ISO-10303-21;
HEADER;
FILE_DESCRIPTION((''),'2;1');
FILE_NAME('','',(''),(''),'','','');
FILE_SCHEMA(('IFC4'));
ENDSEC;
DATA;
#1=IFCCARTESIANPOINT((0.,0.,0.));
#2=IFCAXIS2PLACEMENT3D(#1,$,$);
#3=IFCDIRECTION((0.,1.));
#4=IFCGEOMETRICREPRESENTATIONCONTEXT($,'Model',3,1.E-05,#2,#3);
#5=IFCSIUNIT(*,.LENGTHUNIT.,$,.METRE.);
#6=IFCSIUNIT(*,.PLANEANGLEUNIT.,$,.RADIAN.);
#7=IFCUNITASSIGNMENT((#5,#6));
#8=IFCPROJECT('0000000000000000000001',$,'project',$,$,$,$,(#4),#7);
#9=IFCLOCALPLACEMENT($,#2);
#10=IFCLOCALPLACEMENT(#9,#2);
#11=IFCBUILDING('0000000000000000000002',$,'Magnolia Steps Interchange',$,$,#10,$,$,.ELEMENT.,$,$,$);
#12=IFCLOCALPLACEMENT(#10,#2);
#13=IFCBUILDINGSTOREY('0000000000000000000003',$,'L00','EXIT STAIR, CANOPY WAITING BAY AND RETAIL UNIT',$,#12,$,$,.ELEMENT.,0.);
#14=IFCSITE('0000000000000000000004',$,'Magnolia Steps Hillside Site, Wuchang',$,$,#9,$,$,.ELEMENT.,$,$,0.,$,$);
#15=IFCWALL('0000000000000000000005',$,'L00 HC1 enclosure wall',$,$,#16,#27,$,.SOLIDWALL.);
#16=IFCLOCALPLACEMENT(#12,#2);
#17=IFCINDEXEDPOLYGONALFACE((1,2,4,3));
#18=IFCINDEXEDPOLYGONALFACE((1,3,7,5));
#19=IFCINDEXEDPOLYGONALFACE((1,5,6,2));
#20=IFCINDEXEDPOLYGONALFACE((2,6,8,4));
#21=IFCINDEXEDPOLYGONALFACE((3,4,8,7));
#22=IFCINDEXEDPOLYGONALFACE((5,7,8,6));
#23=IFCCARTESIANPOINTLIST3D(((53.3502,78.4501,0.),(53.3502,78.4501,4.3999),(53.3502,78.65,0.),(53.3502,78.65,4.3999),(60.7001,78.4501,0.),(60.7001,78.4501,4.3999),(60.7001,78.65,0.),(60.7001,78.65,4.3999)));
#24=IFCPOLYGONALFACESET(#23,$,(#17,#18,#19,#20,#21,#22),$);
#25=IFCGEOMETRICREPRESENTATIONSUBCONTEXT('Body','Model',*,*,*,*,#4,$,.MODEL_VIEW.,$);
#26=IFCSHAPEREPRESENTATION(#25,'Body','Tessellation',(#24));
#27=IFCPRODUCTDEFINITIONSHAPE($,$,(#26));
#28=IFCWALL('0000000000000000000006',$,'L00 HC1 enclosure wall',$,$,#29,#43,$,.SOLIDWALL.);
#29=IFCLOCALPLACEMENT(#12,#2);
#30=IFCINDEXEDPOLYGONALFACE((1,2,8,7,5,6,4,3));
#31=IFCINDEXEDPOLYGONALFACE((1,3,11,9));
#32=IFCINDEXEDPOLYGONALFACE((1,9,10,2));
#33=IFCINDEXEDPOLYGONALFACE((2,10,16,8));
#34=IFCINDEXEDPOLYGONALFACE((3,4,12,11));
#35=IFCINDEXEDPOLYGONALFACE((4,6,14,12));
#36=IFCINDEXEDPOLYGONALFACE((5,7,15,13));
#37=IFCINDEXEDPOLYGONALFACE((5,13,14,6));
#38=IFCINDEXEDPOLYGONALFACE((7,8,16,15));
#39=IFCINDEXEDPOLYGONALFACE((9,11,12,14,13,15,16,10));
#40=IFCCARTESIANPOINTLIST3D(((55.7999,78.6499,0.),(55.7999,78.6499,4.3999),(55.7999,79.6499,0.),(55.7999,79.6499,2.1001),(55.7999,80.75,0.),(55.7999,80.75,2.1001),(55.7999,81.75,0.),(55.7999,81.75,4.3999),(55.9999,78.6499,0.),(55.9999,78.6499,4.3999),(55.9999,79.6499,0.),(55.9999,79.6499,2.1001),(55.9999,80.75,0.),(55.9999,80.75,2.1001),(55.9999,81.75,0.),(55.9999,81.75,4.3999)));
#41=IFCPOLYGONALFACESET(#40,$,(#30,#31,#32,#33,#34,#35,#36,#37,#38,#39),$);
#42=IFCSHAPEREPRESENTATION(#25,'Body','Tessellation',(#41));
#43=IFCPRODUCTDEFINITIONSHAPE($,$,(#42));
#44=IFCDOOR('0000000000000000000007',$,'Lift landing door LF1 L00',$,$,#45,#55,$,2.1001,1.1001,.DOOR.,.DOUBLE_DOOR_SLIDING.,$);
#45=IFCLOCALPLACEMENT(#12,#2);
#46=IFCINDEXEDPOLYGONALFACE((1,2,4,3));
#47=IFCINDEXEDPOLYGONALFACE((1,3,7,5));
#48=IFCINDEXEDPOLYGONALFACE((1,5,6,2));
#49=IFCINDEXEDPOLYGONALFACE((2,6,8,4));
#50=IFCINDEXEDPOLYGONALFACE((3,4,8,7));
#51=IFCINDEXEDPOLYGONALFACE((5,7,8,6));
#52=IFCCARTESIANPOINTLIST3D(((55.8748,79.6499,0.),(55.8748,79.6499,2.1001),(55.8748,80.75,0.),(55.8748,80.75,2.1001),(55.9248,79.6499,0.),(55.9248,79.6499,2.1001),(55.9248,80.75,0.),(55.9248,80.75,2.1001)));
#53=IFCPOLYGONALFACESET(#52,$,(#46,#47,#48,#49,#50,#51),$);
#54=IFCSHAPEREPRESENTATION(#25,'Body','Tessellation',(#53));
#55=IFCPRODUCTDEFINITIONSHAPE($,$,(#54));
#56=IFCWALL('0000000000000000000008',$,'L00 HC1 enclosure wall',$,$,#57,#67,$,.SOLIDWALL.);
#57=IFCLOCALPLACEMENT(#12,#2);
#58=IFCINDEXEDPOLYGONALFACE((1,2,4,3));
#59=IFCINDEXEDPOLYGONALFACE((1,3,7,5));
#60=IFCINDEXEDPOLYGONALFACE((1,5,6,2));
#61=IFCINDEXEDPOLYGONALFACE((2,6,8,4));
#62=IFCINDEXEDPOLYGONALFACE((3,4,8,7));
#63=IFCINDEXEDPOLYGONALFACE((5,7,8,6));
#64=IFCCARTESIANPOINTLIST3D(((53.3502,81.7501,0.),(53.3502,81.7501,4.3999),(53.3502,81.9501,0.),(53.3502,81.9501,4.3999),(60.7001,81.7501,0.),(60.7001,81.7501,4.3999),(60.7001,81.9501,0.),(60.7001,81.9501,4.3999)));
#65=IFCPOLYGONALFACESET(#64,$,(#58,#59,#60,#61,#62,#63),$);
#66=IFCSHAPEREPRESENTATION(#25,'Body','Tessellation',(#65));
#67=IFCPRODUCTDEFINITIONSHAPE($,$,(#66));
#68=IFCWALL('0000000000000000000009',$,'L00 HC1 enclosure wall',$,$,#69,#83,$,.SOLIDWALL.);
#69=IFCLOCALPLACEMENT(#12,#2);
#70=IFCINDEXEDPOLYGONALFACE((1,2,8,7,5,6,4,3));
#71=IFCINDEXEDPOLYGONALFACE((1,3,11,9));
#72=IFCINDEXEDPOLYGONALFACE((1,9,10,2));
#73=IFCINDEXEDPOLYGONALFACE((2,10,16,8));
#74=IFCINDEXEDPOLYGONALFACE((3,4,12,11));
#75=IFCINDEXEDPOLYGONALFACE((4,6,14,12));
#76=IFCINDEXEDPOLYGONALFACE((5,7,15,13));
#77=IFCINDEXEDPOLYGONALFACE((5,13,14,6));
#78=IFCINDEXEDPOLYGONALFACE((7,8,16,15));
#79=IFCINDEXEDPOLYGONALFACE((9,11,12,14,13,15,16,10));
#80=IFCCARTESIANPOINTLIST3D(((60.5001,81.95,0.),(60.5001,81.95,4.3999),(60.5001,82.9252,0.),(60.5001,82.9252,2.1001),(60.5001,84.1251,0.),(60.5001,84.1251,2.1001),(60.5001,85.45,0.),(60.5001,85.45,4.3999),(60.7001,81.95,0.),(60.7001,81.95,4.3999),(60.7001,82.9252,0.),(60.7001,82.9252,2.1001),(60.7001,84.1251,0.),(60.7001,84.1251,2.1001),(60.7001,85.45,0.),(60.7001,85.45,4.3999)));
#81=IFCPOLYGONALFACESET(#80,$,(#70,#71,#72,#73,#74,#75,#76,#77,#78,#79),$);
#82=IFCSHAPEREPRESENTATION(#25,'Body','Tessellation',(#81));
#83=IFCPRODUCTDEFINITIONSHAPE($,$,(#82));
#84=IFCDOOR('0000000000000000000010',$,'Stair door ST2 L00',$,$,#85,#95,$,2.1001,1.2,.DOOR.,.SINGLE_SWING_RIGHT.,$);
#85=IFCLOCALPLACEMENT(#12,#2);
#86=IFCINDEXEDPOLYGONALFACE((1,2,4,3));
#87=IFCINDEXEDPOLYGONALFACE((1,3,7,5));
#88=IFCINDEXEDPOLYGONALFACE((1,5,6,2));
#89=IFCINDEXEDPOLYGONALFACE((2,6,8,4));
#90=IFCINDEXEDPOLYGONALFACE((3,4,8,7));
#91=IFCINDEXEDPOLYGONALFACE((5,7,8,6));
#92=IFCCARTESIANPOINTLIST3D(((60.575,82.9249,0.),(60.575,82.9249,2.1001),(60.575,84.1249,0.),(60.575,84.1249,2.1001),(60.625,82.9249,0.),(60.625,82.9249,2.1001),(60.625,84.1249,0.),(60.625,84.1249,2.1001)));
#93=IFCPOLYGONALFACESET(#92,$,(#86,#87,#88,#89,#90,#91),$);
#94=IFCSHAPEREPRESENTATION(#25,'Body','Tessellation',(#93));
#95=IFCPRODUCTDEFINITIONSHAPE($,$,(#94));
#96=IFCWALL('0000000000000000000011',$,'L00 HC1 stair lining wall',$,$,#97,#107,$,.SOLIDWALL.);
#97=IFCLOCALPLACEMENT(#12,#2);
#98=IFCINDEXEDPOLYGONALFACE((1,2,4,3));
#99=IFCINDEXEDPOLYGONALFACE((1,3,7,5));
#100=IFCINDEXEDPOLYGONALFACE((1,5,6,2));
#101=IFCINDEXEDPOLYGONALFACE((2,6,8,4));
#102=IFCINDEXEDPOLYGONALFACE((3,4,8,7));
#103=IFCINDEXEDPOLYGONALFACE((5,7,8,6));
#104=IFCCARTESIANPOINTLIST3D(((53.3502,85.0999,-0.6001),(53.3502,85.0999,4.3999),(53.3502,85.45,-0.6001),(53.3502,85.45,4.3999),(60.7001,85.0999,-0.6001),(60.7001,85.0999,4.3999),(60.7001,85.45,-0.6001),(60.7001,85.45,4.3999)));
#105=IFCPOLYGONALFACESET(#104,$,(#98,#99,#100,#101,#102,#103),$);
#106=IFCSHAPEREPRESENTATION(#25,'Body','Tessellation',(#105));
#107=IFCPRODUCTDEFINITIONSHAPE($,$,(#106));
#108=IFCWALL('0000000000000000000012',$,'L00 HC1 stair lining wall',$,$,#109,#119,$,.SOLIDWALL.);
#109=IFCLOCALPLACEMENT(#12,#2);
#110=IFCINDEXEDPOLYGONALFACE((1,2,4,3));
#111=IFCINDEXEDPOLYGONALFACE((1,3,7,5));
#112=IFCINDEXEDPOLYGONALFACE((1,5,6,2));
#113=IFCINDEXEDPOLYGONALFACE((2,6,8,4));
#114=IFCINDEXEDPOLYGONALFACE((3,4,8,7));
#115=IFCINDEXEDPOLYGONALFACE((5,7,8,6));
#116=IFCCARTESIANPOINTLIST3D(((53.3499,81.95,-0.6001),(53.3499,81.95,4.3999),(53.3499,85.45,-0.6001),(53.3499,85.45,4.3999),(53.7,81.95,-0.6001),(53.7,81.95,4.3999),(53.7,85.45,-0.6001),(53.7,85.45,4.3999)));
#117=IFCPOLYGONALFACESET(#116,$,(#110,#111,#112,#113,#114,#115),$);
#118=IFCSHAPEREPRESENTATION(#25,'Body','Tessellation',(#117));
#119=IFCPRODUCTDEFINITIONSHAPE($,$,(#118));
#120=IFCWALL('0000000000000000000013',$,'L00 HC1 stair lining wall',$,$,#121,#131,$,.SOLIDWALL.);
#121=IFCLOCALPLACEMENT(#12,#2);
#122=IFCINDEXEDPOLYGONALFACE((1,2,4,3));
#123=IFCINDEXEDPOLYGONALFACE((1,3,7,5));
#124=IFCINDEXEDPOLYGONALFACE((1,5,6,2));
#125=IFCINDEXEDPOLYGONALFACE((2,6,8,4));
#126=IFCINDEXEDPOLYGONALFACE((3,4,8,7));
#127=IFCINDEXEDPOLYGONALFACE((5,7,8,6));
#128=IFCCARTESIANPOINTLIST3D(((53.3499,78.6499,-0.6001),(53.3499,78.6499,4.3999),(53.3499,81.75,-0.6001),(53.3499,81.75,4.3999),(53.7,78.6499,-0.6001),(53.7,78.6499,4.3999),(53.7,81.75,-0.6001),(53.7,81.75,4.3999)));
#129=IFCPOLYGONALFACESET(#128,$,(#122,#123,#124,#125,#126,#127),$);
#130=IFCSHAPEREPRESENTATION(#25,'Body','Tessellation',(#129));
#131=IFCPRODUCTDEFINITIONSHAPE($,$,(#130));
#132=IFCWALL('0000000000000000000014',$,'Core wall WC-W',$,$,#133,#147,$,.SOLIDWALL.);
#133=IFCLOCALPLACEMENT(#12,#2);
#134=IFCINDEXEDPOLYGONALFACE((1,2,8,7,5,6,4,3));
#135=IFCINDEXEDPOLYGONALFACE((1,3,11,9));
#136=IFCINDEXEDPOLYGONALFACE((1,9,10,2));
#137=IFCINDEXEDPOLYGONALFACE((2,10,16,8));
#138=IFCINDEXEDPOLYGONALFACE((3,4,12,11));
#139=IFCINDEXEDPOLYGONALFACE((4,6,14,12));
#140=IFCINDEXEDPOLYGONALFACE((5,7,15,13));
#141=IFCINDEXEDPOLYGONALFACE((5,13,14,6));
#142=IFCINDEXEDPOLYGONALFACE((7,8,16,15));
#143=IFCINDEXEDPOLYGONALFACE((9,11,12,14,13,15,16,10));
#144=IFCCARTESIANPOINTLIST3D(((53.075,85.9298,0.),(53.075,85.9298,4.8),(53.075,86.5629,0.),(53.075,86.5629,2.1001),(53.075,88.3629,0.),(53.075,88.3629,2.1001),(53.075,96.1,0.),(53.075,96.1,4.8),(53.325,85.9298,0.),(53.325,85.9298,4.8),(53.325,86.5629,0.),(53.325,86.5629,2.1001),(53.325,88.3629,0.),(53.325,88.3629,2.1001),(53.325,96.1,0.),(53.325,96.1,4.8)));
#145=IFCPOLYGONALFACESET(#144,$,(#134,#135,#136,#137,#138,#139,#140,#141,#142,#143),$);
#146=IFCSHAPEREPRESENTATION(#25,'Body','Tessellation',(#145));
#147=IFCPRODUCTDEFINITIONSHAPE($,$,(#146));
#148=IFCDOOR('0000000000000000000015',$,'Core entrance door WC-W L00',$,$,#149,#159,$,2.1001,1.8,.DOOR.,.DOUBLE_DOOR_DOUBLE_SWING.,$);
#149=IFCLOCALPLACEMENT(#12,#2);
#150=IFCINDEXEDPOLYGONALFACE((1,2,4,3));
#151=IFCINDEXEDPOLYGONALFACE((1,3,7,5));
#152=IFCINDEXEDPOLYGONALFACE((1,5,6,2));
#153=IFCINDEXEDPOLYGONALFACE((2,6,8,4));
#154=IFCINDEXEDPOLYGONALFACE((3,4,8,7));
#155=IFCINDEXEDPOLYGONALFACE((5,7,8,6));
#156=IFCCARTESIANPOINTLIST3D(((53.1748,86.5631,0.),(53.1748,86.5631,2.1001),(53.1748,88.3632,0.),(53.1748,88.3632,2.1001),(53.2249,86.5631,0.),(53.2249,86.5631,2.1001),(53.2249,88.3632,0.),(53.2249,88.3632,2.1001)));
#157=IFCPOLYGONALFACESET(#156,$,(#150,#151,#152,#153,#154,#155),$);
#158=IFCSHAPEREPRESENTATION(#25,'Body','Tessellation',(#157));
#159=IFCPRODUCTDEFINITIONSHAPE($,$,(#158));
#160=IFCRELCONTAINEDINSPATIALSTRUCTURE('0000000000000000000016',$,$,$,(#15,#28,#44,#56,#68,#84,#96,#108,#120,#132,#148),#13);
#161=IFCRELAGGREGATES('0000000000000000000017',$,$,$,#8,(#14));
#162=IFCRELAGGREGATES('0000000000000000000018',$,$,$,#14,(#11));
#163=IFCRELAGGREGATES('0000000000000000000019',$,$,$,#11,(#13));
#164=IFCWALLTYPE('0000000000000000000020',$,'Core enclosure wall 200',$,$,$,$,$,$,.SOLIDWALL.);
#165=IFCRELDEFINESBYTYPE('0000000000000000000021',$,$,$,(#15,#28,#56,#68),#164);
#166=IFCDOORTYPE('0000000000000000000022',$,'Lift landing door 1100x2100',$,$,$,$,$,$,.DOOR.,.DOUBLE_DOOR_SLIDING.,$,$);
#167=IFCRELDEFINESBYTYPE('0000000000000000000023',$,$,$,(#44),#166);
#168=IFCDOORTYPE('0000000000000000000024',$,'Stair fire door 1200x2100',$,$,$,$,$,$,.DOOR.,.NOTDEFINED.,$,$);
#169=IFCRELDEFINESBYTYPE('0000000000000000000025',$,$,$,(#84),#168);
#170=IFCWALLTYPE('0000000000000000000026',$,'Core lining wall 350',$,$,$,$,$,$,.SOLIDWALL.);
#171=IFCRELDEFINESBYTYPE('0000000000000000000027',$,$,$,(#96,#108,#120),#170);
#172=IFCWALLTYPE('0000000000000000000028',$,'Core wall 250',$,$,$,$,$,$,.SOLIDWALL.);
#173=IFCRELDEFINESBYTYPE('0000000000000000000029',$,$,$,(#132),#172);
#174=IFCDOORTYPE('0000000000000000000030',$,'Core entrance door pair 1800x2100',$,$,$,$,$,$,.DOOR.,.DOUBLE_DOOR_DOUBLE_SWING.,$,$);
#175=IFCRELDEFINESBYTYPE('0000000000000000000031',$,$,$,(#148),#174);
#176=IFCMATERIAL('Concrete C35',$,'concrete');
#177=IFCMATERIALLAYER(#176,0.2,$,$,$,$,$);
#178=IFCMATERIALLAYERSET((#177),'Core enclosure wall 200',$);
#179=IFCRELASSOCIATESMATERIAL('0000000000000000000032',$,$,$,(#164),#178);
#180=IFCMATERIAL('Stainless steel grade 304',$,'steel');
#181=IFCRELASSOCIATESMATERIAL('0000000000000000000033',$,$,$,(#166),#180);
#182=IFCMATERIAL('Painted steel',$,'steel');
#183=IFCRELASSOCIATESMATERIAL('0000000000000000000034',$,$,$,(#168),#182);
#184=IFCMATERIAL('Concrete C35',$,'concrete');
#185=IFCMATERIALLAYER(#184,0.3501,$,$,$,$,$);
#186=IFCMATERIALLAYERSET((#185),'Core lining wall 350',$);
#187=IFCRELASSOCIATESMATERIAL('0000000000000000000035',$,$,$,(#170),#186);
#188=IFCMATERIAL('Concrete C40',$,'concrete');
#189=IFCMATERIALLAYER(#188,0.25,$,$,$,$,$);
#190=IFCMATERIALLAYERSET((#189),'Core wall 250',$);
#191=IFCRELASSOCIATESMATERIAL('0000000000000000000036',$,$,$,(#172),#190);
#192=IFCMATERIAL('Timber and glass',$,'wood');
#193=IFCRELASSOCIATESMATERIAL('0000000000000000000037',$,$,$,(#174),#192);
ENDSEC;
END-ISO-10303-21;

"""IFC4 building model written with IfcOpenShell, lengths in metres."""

from ifc_helpers import new_model, si_unit, direction, frame, frame_2d, origin, place, context, subcontext, project, spatial, rectangle, extrude, material, layer, layer_set, type_object, element, fill, save


model = new_model("IFC4")

# Units and contexts
model_context = context("Model", 3, precision=1e-05, world=origin(), true_north=direction((0.0, 1.0)))
body_context = subcontext(model_context, "Body", "Model", "MODEL_VIEW")
ifc_project = project(units=[si_unit("LENGTHUNIT", "METRE"), si_unit("PLANEANGLEUNIT", "RADIAN")], contexts=[model_context])

# Site, building, storey
site_placement = place(None, origin())
site = spatial("IfcSite", under=ifc_project, at=site_placement, Name="Magnolia Steps Hillside Site, Wuchang", CompositionType="ELEMENT", RefElevation=0.0)
building_placement = place(site_placement, origin())
building = spatial("IfcBuilding", under=site, at=building_placement, Name="Magnolia Steps Interchange", CompositionType="ELEMENT")
storey_placement = place(building_placement, origin())
storey = spatial("IfcBuildingStorey", under=building, at=storey_placement, Name="L00", Description="EXIT STAIR, CANOPY WAITING BAY AND RETAIL UNIT", CompositionType="ELEMENT", Elevation=0.0)

# Wall
ifc_material_1 = material(Name="Concrete C35", Category="concrete")
ifc_layer_1 = layer(ifc_material_1, 0.2)
ifc_layer_set_1 = layer_set([ifc_layer_1], Name="Core enclosure wall 200")
wall_type_1 = type_object("IfcWallType", Name="Core enclosure wall 200", PredefinedType="SOLIDWALL", material=ifc_layer_set_1)
wall_1_placement = place(storey_placement, frame((60.7, 78.55, 0.0), z_axis=(0.0, 0.0, 1.0), x_axis=(-1.0, 0.0, 0.0)))
element("IfcWall", 1, at=wall_1_placement, inside=storey, type_object=wall_type_1, Name="L00 HC1 enclosure wall", PredefinedType="SOLIDWALL", context=body_context, shape_type="SweptSolid", body=[
    extrude(rectangle(XDim=7.3499, YDim=0.2, at=frame_2d((3.6748, 0.0))), origin(), (0.0, 0.0, 1.0), 4.3999),
])

# Wall, opening, door
wall_2_placement = place(storey_placement, frame((55.8999, 78.6499, 0.0), z_axis=(0.0, 0.0, 1.0), x_axis=(0.0, 1.0, 0.0)))
wall_2 = element("IfcWall", 2, at=wall_2_placement, inside=storey, type_object=wall_type_1, Name="L00 HC1 enclosure wall", PredefinedType="SOLIDWALL", context=body_context, shape_type="SweptSolid", body=[
    extrude(rectangle(XDim=3.1001, YDim=0.2, at=frame_2d((1.55, 0.0))), origin(), (0.0, 0.0, 1.0), 4.3999),
])
opening_1_placement = place(wall_2_placement, frame((1.0, 0.0, 0.0)))
opening_1 = element("IfcOpeningElement", 3, at=opening_1_placement, cuts=wall_2, PredefinedType="OPENING", context=body_context, shape_type="SweptSolid", body=[
    extrude(rectangle(XDim=1.1001, YDim=2.1001, at=frame_2d((0.55, 1.05))), frame((0.0, 0.1099, 0.0), z_axis=(0.0, -1.0, 0.0), x_axis=(1.0, 0.0, 0.0)), (0.0, 0.0, 1.0), 0.22),
])
ifc_material_2 = material(Name="Stainless steel grade 304", Category="steel")
door_type_1 = type_object("IfcDoorType", Name="Lift landing door 1100x2100", OperationType="DOUBLE_DOOR_SLIDING", PredefinedType="DOOR", material=ifc_material_2)
door_1_placement = place(opening_1_placement, frame((1.1001, 0.0, 0.0), z_axis=(0.0, 0.0, 1.0), x_axis=(-1.0, 0.0, 0.0)))
door_1 = element("IfcDoor", 4, at=door_1_placement, inside=storey, type_object=door_type_1, Name="Lift landing door LF1 L00", OperationType="DOUBLE_DOOR_SLIDING", OverallHeight=2.1001, OverallWidth=1.1001, PredefinedType="DOOR", context=body_context, shape_type="SweptSolid", body=[
    extrude(rectangle(XDim=1.1001, YDim=2.1001, at=frame_2d((0.55, 1.05))), frame((0.0, 0.0249, 0.0), z_axis=(0.0, -1.0, 0.0), x_axis=(1.0, 0.0, 0.0)), (0.0, 0.0, 1.0), 0.05),
])
fill(opening_1, door_1)

# Wall
wall_3_placement = place(storey_placement, frame((60.7, 81.8501, 0.0), z_axis=(0.0, 0.0, 1.0), x_axis=(-1.0, 0.0, 0.0)))
element("IfcWall", 5, at=wall_3_placement, inside=storey, type_object=wall_type_1, Name="L00 HC1 enclosure wall", PredefinedType="SOLIDWALL", context=body_context, shape_type="SweptSolid", body=[
    extrude(rectangle(XDim=7.3499, YDim=0.2, at=frame_2d((3.6748, 0.0))), origin(), (0.0, 0.0, 1.0), 4.3999),
])

# Wall, opening, door
wall_4_placement = place(storey_placement, frame((60.6001, 81.95, 0.0), z_axis=(0.0, 0.0, 1.0), x_axis=(0.0, 1.0, 0.0)))
wall_4 = element("IfcWall", 6, at=wall_4_placement, inside=storey, type_object=wall_type_1, Name="L00 HC1 enclosure wall", PredefinedType="SOLIDWALL", context=body_context, shape_type="SweptSolid", body=[
    extrude(rectangle(XDim=3.5, YDim=0.2, at=frame_2d((1.75, 0.0))), origin(), (0.0, 0.0, 1.0), 4.3999),
])
opening_2_placement = place(wall_4_placement, frame((0.9751, 0.0, 0.0)))
opening_2 = element("IfcOpeningElement", 7, at=opening_2_placement, cuts=wall_4, PredefinedType="OPENING", context=body_context, shape_type="SweptSolid", body=[
    extrude(rectangle(XDim=1.2, YDim=2.1001, at=frame_2d((0.6001, 1.05))), frame((0.0, 0.1099, 0.0), z_axis=(0.0, -1.0, 0.0), x_axis=(1.0, 0.0, 0.0)), (0.0, 0.0, 1.0), 0.22),
])
ifc_material_3 = material(Name="Painted steel", Category="steel")
door_type_2 = type_object("IfcDoorType", Name="Stair fire door 1200x2100", OperationType="NOTDEFINED", PredefinedType="DOOR", material=ifc_material_3)
door_2_placement = place(opening_2_placement, frame((1.2, 0.0, 0.0), z_axis=(0.0, 0.0, 1.0), x_axis=(-1.0, 0.0, 0.0)))
door_2 = element("IfcDoor", 8, at=door_2_placement, inside=storey, type_object=door_type_2, Name="Stair door ST2 L00", OperationType="SINGLE_SWING_RIGHT", OverallHeight=2.1001, OverallWidth=1.2, PredefinedType="DOOR", context=body_context, shape_type="SweptSolid", body=[
    extrude(rectangle(XDim=1.2, YDim=2.1001, at=frame_2d((0.6001, 1.05))), frame((0.0, 0.0249, 0.0), z_axis=(0.0, -1.0, 0.0), x_axis=(1.0, 0.0, 0.0)), (0.0, 0.0, 1.0), 0.05),
])
fill(opening_2, door_2)

# Walls
ifc_material_4 = material(Name="Concrete C35", Category="concrete")
ifc_layer_2 = layer(ifc_material_4, 0.3501)
ifc_layer_set_2 = layer_set([ifc_layer_2], Name="Core lining wall 350")
wall_type_2 = type_object("IfcWallType", Name="Core lining wall 350", PredefinedType="SOLIDWALL", material=ifc_layer_set_2)
wall_5_placement = place(storey_placement, frame((60.7, 85.2749, -0.6001), z_axis=(0.0, 0.0, 1.0), x_axis=(-1.0, 0.0, 0.0)))
element("IfcWall", 9, at=wall_5_placement, inside=storey, type_object=wall_type_2, Name="L00 HC1 stair lining wall", PredefinedType="SOLIDWALL", context=body_context, shape_type="SweptSolid", body=[
    extrude(rectangle(XDim=7.3499, YDim=0.3501, at=frame_2d((3.6748, 0.0))), origin(), (0.0, 0.0, 1.0), 5.0),
])
wall_6_placement = place(storey_placement, frame((53.5249, 81.95, -0.6001), z_axis=(0.0, 0.0, 1.0), x_axis=(0.0, 1.0, 0.0)))
element("IfcWall", 10, at=wall_6_placement, inside=storey, type_object=wall_type_2, Name="L00 HC1 stair lining wall", PredefinedType="SOLIDWALL", context=body_context, shape_type="SweptSolid", body=[
    extrude(rectangle(XDim=3.5, YDim=0.3501, at=frame_2d((1.75, 0.0))), origin(), (0.0, 0.0, 1.0), 5.0),
])
wall_7_placement = place(storey_placement, frame((53.5249, 78.6499, -0.6001), z_axis=(0.0, 0.0, 1.0), x_axis=(0.0, 1.0, 0.0)))
element("IfcWall", 11, at=wall_7_placement, inside=storey, type_object=wall_type_2, Name="L00 HC1 stair lining wall", PredefinedType="SOLIDWALL", context=body_context, shape_type="SweptSolid", body=[
    extrude(rectangle(XDim=3.1001, YDim=0.3501, at=frame_2d((1.55, 0.0))), origin(), (0.0, 0.0, 1.0), 5.0),
])

# Wall, opening, door
ifc_material_5 = material(Name="Concrete C40", Category="concrete")
ifc_layer_3 = layer(ifc_material_5, 0.25)
ifc_layer_set_3 = layer_set([ifc_layer_3], Name="Core wall 250")
wall_type_3 = type_object("IfcWallType", Name="Core wall 250", PredefinedType="SOLIDWALL", material=ifc_layer_set_3)
wall_8_placement = place(storey_placement, frame((53.2, 85.9299, 0.0), z_axis=(0.0, 0.0, 1.0), x_axis=(0.0, 1.0, 0.0)))
wall_8 = element("IfcWall", 12, at=wall_8_placement, inside=storey, type_object=wall_type_3, Name="Core wall WC-W", PredefinedType="SOLIDWALL", context=body_context, shape_type="SweptSolid", body=[
    extrude(rectangle(XDim=10.1702, YDim=0.25, at=frame_2d((5.085, 0.0))), origin(), (0.0, 0.0, 1.0), 4.8),
])
opening_3_placement = place(wall_8_placement, frame((0.6331, 0.0, 0.0)))
opening_3 = element("IfcOpeningElement", 13, at=opening_3_placement, cuts=wall_8, PredefinedType="OPENING", context=body_context, shape_type="SweptSolid", body=[
    extrude(rectangle(XDim=1.8, YDim=2.1001, at=frame_2d((0.8999, 1.05))), frame((0.0, 0.135, 0.0), z_axis=(0.0, -1.0, 0.0), x_axis=(1.0, 0.0, 0.0)), (0.0, 0.0, 1.0), 0.27),
])
ifc_material_6 = material(Name="Timber and glass", Category="wood")
door_type_3 = type_object("IfcDoorType", Name="Core entrance door pair 1800x2100", OperationType="DOUBLE_DOOR_DOUBLE_SWING", PredefinedType="DOOR", material=ifc_material_6)
door_3_placement = place(opening_3_placement, frame((1.8, 0.0, 0.0), z_axis=(0.0, 0.0, 1.0), x_axis=(-1.0, 0.0, 0.0)))
door_3 = element("IfcDoor", 14, at=door_3_placement, inside=storey, type_object=door_type_3, Name="Core entrance door WC-W L00", OperationType="DOUBLE_DOOR_DOUBLE_SWING", OverallHeight=2.1001, OverallWidth=1.8, PredefinedType="DOOR", context=body_context, shape_type="SweptSolid", body=[
    extrude(rectangle(XDim=1.8, YDim=2.1001, at=frame_2d((0.8999, 1.05))), frame((0.0, 0.0249, 0.0), z_axis=(0.0, -1.0, 0.0), x_axis=(1.0, 0.0, 0.0)), (0.0, 0.0, 1.0), 0.05),
])
fill(opening_3, door_3)

save(model, "model.ifc")
